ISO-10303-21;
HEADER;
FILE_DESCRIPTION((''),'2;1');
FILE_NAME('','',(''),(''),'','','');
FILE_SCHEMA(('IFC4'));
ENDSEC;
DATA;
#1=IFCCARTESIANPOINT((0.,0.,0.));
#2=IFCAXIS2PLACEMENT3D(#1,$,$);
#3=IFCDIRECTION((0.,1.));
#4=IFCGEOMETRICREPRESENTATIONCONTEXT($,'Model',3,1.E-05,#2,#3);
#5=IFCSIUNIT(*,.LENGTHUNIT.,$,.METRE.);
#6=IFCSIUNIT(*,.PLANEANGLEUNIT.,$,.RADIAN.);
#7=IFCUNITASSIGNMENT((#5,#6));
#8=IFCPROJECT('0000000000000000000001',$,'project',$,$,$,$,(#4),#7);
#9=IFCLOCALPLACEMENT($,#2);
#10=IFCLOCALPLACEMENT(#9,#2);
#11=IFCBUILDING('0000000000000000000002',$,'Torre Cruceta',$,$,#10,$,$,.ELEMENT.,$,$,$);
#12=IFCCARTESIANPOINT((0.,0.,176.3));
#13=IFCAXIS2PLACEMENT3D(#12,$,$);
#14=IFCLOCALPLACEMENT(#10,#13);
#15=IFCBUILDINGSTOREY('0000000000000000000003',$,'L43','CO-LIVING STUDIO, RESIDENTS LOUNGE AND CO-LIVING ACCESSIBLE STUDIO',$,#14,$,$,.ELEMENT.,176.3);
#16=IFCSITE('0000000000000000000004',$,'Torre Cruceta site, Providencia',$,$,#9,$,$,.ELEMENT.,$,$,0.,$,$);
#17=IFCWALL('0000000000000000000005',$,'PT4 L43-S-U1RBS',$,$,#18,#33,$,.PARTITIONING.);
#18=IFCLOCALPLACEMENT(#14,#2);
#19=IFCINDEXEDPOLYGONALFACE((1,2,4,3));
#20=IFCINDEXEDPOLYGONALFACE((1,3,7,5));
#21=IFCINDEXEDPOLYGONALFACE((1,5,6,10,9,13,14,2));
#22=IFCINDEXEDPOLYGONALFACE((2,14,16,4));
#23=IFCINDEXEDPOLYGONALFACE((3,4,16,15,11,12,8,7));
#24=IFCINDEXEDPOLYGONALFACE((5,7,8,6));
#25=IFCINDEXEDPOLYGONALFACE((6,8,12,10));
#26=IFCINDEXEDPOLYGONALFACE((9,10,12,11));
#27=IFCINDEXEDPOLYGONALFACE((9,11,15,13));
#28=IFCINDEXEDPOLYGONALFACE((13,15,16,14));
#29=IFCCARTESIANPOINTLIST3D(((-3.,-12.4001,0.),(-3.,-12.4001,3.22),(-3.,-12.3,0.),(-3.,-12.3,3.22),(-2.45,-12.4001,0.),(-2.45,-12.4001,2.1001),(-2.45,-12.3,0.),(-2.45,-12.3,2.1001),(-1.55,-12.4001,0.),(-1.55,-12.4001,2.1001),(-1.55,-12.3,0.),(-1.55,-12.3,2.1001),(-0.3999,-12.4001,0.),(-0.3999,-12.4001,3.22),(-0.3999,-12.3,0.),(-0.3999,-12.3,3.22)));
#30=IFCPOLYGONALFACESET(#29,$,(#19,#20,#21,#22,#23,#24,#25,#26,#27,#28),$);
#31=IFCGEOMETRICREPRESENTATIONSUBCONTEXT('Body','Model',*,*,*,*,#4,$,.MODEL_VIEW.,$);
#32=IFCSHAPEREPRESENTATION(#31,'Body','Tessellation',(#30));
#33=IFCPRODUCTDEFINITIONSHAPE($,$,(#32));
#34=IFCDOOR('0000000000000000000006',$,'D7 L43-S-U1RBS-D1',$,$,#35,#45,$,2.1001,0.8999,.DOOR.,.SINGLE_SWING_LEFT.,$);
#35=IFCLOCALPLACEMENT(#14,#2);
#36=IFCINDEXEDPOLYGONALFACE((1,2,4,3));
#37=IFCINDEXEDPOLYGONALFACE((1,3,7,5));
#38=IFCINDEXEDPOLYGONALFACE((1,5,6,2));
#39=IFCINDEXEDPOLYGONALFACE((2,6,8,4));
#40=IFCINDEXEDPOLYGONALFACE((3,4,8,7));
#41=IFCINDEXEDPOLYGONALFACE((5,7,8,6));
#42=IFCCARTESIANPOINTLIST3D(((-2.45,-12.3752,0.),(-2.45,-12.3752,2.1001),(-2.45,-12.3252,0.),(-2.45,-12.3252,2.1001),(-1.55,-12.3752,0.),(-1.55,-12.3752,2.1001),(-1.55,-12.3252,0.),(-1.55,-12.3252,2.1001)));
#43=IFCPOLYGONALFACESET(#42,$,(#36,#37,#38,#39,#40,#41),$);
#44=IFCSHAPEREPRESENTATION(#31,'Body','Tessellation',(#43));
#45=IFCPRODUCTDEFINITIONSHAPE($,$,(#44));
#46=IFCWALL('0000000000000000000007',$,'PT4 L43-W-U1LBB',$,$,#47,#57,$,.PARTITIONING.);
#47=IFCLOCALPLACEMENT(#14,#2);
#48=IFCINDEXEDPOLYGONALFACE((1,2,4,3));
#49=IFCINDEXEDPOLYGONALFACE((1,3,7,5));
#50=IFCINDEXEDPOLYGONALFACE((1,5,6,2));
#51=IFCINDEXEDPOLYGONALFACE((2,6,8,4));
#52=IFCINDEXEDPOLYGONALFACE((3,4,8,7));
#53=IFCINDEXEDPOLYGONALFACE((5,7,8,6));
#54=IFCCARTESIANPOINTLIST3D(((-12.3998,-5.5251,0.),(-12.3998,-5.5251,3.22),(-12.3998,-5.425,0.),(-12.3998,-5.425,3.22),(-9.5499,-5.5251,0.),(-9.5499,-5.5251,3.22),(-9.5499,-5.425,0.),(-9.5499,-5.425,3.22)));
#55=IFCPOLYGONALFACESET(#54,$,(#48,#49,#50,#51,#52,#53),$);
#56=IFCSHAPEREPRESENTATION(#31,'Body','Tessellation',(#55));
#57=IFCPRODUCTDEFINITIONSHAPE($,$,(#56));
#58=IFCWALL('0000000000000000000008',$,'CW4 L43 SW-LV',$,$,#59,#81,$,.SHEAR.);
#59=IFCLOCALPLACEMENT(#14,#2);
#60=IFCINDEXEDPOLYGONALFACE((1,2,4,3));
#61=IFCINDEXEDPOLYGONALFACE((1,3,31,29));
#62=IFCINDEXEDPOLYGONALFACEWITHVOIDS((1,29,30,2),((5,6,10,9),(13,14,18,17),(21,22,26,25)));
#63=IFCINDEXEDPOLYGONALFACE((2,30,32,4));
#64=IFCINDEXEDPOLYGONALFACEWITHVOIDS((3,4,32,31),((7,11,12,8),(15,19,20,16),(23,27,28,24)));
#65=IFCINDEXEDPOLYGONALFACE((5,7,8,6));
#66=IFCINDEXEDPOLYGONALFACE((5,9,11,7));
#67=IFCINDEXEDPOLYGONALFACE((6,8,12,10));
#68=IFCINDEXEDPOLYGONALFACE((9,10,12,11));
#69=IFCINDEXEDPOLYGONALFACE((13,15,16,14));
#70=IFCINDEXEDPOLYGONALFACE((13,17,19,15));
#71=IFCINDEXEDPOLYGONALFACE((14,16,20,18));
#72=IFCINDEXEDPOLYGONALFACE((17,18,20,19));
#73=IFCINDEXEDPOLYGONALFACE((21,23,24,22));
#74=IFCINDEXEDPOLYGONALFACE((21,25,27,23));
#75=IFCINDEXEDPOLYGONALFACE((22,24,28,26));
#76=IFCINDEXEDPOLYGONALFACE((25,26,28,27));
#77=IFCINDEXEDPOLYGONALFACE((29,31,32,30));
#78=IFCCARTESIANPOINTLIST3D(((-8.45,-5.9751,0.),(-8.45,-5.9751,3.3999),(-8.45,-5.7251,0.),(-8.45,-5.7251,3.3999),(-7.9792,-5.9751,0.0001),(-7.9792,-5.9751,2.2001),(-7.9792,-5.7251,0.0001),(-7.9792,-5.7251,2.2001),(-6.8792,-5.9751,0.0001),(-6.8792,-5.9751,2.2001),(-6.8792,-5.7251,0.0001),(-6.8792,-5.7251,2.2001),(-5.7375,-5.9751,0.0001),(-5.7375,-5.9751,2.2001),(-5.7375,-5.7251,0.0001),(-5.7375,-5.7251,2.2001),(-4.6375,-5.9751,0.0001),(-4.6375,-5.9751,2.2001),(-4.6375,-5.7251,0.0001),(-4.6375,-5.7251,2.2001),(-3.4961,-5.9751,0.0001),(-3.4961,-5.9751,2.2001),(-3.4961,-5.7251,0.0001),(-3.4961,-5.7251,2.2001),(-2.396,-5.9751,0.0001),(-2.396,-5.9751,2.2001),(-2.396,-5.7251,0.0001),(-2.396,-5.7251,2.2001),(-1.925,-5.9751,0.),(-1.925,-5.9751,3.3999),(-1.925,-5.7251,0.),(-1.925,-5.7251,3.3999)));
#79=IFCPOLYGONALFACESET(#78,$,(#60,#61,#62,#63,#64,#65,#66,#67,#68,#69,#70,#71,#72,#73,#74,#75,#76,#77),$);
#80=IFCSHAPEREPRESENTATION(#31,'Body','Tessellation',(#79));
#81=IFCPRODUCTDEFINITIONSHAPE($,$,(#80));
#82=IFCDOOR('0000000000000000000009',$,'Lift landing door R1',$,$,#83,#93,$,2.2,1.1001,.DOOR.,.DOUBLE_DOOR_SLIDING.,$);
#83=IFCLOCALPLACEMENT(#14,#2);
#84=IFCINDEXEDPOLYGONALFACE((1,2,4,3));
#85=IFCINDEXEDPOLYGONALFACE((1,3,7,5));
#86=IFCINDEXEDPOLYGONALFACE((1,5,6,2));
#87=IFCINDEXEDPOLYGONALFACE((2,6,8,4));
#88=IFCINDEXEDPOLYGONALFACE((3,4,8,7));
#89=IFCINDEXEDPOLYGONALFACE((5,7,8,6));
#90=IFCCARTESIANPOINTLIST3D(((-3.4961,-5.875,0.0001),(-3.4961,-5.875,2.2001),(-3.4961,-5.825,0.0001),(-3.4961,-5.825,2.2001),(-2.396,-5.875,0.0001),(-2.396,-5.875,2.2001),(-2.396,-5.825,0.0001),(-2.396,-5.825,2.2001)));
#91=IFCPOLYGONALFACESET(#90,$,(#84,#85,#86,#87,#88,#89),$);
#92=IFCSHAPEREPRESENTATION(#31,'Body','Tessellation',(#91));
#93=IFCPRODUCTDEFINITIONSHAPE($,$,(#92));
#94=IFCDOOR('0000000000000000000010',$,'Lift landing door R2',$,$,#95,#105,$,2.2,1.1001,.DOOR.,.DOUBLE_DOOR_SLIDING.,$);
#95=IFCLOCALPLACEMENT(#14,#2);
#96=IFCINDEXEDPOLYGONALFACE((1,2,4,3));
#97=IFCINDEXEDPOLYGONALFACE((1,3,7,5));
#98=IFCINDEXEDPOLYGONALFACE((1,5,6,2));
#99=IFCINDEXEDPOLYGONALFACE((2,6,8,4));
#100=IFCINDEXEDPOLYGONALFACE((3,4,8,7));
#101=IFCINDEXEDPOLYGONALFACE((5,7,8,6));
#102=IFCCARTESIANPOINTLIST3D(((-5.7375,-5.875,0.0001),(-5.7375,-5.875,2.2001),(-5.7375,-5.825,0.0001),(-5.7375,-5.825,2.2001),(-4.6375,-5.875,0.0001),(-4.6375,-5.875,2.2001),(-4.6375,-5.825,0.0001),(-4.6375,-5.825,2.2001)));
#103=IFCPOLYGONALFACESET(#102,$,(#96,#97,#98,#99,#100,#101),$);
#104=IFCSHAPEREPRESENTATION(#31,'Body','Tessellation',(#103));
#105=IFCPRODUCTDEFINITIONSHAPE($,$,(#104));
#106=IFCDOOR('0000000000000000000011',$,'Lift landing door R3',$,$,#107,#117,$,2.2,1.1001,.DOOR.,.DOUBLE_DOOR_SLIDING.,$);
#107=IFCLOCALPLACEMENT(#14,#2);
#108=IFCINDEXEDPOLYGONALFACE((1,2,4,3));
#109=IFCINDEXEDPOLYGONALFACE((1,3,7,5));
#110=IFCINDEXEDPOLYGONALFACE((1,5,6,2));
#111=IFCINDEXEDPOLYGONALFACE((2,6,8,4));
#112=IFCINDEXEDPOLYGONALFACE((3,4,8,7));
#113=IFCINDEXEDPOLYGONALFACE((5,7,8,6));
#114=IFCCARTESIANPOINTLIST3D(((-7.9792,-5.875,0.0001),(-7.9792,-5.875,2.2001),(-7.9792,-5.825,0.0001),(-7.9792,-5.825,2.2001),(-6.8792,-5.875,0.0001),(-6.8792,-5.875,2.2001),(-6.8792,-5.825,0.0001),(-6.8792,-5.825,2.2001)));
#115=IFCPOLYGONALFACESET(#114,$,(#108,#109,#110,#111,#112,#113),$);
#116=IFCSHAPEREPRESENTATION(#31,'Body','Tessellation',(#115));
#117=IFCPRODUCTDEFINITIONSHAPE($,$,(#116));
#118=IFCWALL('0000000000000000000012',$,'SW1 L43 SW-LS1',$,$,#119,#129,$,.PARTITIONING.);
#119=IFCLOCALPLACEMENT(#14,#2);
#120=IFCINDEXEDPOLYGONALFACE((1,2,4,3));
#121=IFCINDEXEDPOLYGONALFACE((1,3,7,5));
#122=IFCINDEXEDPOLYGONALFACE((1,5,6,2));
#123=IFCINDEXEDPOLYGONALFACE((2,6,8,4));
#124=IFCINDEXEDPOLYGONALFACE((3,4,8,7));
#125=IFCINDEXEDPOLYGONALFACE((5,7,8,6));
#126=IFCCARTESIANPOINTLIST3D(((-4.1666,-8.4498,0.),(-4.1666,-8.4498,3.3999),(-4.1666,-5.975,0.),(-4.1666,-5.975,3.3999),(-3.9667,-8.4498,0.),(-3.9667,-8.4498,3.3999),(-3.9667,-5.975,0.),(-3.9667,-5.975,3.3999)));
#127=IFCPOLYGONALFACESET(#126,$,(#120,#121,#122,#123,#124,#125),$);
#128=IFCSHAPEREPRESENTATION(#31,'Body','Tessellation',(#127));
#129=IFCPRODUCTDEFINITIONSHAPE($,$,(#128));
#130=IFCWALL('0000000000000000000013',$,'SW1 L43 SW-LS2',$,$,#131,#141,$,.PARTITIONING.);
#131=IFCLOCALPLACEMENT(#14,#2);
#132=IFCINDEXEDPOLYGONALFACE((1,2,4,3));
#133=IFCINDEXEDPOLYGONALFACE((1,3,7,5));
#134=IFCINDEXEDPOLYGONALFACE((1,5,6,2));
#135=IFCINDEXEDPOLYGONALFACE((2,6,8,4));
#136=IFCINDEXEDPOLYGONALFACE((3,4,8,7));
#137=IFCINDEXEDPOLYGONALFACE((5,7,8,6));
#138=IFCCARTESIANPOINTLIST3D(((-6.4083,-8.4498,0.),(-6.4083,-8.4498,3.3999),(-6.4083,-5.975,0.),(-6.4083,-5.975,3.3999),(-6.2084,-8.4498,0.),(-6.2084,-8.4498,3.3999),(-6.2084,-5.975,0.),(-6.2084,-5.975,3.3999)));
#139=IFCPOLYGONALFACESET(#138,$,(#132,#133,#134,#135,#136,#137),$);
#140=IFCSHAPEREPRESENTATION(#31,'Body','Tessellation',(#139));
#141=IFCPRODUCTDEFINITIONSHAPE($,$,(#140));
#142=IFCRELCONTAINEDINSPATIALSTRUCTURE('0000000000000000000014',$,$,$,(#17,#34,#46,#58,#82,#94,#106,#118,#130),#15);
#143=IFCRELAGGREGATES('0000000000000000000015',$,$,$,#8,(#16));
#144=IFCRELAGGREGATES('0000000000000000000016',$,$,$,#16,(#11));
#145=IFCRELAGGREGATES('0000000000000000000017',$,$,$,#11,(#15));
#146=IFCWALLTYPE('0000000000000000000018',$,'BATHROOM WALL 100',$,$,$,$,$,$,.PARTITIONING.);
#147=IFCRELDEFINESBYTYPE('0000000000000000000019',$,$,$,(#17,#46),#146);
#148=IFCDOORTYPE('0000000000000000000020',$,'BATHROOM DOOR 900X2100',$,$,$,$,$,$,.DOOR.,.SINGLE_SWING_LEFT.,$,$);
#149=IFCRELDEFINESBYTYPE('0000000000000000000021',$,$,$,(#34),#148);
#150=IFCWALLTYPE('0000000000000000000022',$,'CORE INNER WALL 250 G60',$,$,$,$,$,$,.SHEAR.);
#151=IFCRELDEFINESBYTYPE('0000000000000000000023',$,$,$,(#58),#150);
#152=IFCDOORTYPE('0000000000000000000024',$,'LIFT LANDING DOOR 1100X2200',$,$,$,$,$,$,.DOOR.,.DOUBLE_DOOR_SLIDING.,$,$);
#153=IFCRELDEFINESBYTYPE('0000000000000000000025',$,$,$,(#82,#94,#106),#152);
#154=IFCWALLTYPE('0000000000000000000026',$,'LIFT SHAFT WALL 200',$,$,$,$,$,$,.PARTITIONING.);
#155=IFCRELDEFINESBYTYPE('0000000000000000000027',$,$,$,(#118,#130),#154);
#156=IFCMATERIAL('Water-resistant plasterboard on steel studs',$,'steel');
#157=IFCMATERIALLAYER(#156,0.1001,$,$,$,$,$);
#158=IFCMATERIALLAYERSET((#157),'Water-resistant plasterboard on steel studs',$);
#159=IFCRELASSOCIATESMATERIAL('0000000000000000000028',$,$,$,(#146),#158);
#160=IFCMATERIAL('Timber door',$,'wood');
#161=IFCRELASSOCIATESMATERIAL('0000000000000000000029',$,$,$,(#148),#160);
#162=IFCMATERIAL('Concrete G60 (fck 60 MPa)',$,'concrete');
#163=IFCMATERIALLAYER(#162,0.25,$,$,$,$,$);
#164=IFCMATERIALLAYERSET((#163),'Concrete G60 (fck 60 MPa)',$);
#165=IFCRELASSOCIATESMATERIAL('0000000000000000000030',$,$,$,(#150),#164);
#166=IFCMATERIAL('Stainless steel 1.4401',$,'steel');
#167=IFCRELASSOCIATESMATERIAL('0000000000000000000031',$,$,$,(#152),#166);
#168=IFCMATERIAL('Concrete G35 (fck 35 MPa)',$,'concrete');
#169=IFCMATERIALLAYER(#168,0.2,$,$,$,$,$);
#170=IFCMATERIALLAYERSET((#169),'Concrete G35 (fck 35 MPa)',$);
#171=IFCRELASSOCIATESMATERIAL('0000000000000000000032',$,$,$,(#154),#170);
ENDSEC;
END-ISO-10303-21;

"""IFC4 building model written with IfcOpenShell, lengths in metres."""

from ifc_helpers import new_model, si_unit, direction, frame, frame_2d, origin, place, context, subcontext, project, spatial, rectangle, extrude, material, layer, layer_set, type_object, element, fill, save


model = new_model("IFC4")

# Units and contexts
model_context = context("Model", 3, precision=1e-05, world=origin(), true_north=direction((0.0, 1.0)))
body_context = subcontext(model_context, "Body", "Model", "MODEL_VIEW")
ifc_project = project(units=[si_unit("LENGTHUNIT", "METRE"), si_unit("PLANEANGLEUNIT", "RADIAN")], contexts=[model_context])

# Site, building, storey
site_placement = place(None, origin())
site = spatial("IfcSite", under=ifc_project, at=site_placement, Name="Torre Cruceta site, Providencia", CompositionType="ELEMENT", RefElevation=0.0)
building_placement = place(site_placement, origin())
building = spatial("IfcBuilding", under=site, at=building_placement, Name="Torre Cruceta", CompositionType="ELEMENT")
storey_placement = place(building_placement, frame((0.0, 0.0, 176.3)))
storey = spatial("IfcBuildingStorey", under=building, at=storey_placement, Name="L43", Description="CO-LIVING STUDIO, RESIDENTS LOUNGE AND CO-LIVING ACCESSIBLE STUDIO", CompositionType="ELEMENT", Elevation=176.3)

# Shared definitions
ifc_material_1 = material(Name="Water-resistant plasterboard on steel studs", Category="steel")
ifc_layer_1 = layer(ifc_material_1, 0.1001)
ifc_layer_set_1 = layer_set([ifc_layer_1], Name="Water-resistant plasterboard on steel studs")
wall_type_1 = type_object("IfcWallType", Name="BATHROOM WALL 100", PredefinedType="PARTITIONING", material=ifc_layer_set_1)

# Wall, opening, door
wall_1_placement = place(storey_placement, frame((-3.0, -12.3501, 0.0), z_axis=(0.0, 0.0, 1.0), x_axis=(1.0, 0.0, 0.0)))
wall_1 = element("IfcWall", 1, at=wall_1_placement, inside=storey, type_object=wall_type_1, Name="PT4 L43-S-U1RBS", PredefinedType="PARTITIONING", context=body_context, shape_type="SweptSolid", body=[
    extrude(rectangle(XDim=2.6001, YDim=0.1001, at=frame_2d((1.3, 0.0))), origin(), (0.0, 0.0, 1.0), 3.22),
])
opening_1_placement = place(wall_1_placement, frame((0.55, 0.0, 0.0)))
opening_1 = element("IfcOpeningElement", 2, at=opening_1_placement, cuts=wall_1, PredefinedType="OPENING", context=body_context, shape_type="SweptSolid", body=[
    extrude(rectangle(XDim=0.8999, YDim=2.1001, at=frame_2d((0.45, 1.05))), frame((0.0, 0.0601, 0.0), z_axis=(0.0, -1.0, 0.0), x_axis=(1.0, 0.0, 0.0)), (0.0, 0.0, 1.0), 0.1201),
])
ifc_material_2 = material(Name="Timber door", Category="wood")
door_type_1 = type_object("IfcDoorType", Name="BATHROOM DOOR 900X2100", OperationType="SINGLE_SWING_LEFT", PredefinedType="DOOR", material=ifc_material_2)
door_1_placement = place(opening_1_placement, origin())
door_1 = element("IfcDoor", 3, at=door_1_placement, inside=storey, type_object=door_type_1, Name="D7 L43-S-U1RBS-D1", OperationType="SINGLE_SWING_LEFT", OverallHeight=2.1001, OverallWidth=0.8999, PredefinedType="DOOR", context=body_context, shape_type="SweptSolid", body=[
    extrude(rectangle(XDim=0.8999, YDim=2.1001, at=frame_2d((0.45, 1.05))), frame((0.0, 0.0249, 0.0), z_axis=(0.0, -1.0, 0.0), x_axis=(1.0, 0.0, 0.0)), (0.0, 0.0, 1.0), 0.05),
])
fill(opening_1, door_1)

# Wall
wall_2_placement = place(storey_placement, frame((-9.55, -5.4751, 0.0), z_axis=(0.0, 0.0, 1.0), x_axis=(-1.0, 0.0, 0.0)))
element("IfcWall", 4, at=wall_2_placement, inside=storey, type_object=wall_type_1, Name="PT4 L43-W-U1LBB", PredefinedType="PARTITIONING", context=body_context, shape_type="SweptSolid", body=[
    extrude(rectangle(XDim=2.8499, YDim=0.1001, at=frame_2d((1.4248, 0.0))), origin(), (0.0, 0.0, 1.0), 3.22),
])

# Wall, openings, doors
ifc_material_3 = material(Name="Concrete G60 (fck 60 MPa)", Category="concrete")
ifc_layer_2 = layer(ifc_material_3, 0.25)
ifc_layer_set_2 = layer_set([ifc_layer_2], Name="Concrete G60 (fck 60 MPa)")
wall_type_2 = type_object("IfcWallType", Name="CORE INNER WALL 250 G60", PredefinedType="SHEAR", material=ifc_layer_set_2)
wall_3_placement = place(storey_placement, frame((-1.925, -5.8501, 0.0), z_axis=(0.0, 0.0, 1.0), x_axis=(-1.0, 0.0, 0.0)))
wall_3 = element("IfcWall", 5, at=wall_3_placement, inside=storey, type_object=wall_type_2, Name="CW4 L43 SW-LV", PredefinedType="SHEAR", context=body_context, shape_type="SweptSolid", body=[
    extrude(rectangle(XDim=6.5249, YDim=0.25, at=frame_2d((3.2625, 0.0))), origin(), (0.0, 0.0, 1.0), 3.3999),
])
opening_2_placement = place(wall_3_placement, frame((0.4709, 0.0, 0.0)))
opening_2 = element("IfcOpeningElement", 6, at=opening_2_placement, cuts=wall_3, PredefinedType="OPENING", context=body_context, shape_type="SweptSolid", body=[
    extrude(rectangle(XDim=1.1001, YDim=2.2, at=frame_2d((0.55, 1.1001))), frame((0.0, 0.135, 0.0), z_axis=(0.0, -1.0, 0.0), x_axis=(1.0, 0.0, 0.0)), (0.0, 0.0, 1.0), 0.27),
])
opening_3_placement = place(wall_3_placement, frame((2.7124, 0.0, 0.0)))
opening_3 = element("IfcOpeningElement", 7, at=opening_3_placement, cuts=wall_3, PredefinedType="OPENING", context=body_context, shape_type="SweptSolid", body=[
    extrude(rectangle(XDim=1.1001, YDim=2.2, at=frame_2d((0.55, 1.1001))), frame((0.0, 0.135, 0.0), z_axis=(0.0, -1.0, 0.0), x_axis=(1.0, 0.0, 0.0)), (0.0, 0.0, 1.0), 0.27),
])
opening_4_placement = place(wall_3_placement, frame((4.9541, 0.0, 0.0)))
opening_4 = element("IfcOpeningElement", 8, at=opening_4_placement, cuts=wall_3, PredefinedType="OPENING", context=body_context, shape_type="SweptSolid", body=[
    extrude(rectangle(XDim=1.1001, YDim=2.2, at=frame_2d((0.55, 1.1001))), frame((0.0, 0.135, 0.0), z_axis=(0.0, -1.0, 0.0), x_axis=(1.0, 0.0, 0.0)), (0.0, 0.0, 1.0), 0.27),
])
ifc_material_4 = material(Name="Stainless steel 1.4401", Category="steel")
door_type_2 = type_object("IfcDoorType", Name="LIFT LANDING DOOR 1100X2200", OperationType="DOUBLE_DOOR_SLIDING", PredefinedType="DOOR", material=ifc_material_4)
door_2_placement = place(opening_2_placement, origin())
door_2 = element("IfcDoor", 9, at=door_2_placement, inside=storey, type_object=door_type_2, Name="Lift landing door R1", OperationType="DOUBLE_DOOR_SLIDING", OverallHeight=2.2, OverallWidth=1.1001, PredefinedType="DOOR", context=body_context, shape_type="SweptSolid", body=[
    extrude(rectangle(XDim=1.1001, YDim=2.2, at=frame_2d((0.55, 1.1001))), frame((0.0, 0.0249, 0.0), z_axis=(0.0, -1.0, 0.0), x_axis=(1.0, 0.0, 0.0)), (0.0, 0.0, 1.0), 0.05),
])
fill(opening_2, door_2)
door_3_placement = place(opening_3_placement, origin())
door_3 = element("IfcDoor", 10, at=door_3_placement, inside=storey, type_object=door_type_2, Name="Lift landing door R2", OperationType="DOUBLE_DOOR_SLIDING", OverallHeight=2.2, OverallWidth=1.1001, PredefinedType="DOOR", context=body_context, shape_type="SweptSolid", body=[
    extrude(rectangle(XDim=1.1001, YDim=2.2, at=frame_2d((0.55, 1.1001))), frame((0.0, 0.0249, 0.0), z_axis=(0.0, -1.0, 0.0), x_axis=(1.0, 0.0, 0.0)), (0.0, 0.0, 1.0), 0.05),
])
fill(opening_3, door_3)
door_4_placement = place(opening_4_placement, origin())
door_4 = element("IfcDoor", 11, at=door_4_placement, inside=storey, type_object=door_type_2, Name="Lift landing door R3", OperationType="DOUBLE_DOOR_SLIDING", OverallHeight=2.2, OverallWidth=1.1001, PredefinedType="DOOR", context=body_context, shape_type="SweptSolid", body=[
    extrude(rectangle(XDim=1.1001, YDim=2.2, at=frame_2d((0.55, 1.1001))), frame((0.0, 0.0249, 0.0), z_axis=(0.0, -1.0, 0.0), x_axis=(1.0, 0.0, 0.0)), (0.0, 0.0, 1.0), 0.05),
])
fill(opening_4, door_4)

# Walls
ifc_material_5 = material(Name="Concrete G35 (fck 35 MPa)", Category="concrete")
ifc_layer_3 = layer(ifc_material_5, 0.2)
ifc_layer_set_3 = layer_set([ifc_layer_3], Name="Concrete G35 (fck 35 MPa)")
wall_type_3 = type_object("IfcWallType", Name="LIFT SHAFT WALL 200", PredefinedType="PARTITIONING", material=ifc_layer_set_3)
for number, where, z_axis, x_axis, name in (
    (12, (-4.0667, -5.9751, 0.0), (0.0, 0.0, 1.0), (0.0, -1.0, 0.0), "SW1 L43 SW-LS1"),
    (13, (-6.3083, -5.9751, 0.0), (0.0, 0.0, 1.0), (0.0, -1.0, 0.0), "SW1 L43 SW-LS2"),
):
    element("IfcWall", number, at=place(storey_placement, frame(where, z_axis=z_axis, x_axis=x_axis)), inside=storey, type_object=wall_type_3, Name=name, PredefinedType="PARTITIONING", context=body_context, shape_type="SweptSolid", body=[
        extrude(rectangle(XDim=2.4749, YDim=0.2, at=frame_2d((1.2373, 0.0))), origin(), (0.0, 0.0, 1.0), 3.3999),
    ])

save(model, "model.ifc")
